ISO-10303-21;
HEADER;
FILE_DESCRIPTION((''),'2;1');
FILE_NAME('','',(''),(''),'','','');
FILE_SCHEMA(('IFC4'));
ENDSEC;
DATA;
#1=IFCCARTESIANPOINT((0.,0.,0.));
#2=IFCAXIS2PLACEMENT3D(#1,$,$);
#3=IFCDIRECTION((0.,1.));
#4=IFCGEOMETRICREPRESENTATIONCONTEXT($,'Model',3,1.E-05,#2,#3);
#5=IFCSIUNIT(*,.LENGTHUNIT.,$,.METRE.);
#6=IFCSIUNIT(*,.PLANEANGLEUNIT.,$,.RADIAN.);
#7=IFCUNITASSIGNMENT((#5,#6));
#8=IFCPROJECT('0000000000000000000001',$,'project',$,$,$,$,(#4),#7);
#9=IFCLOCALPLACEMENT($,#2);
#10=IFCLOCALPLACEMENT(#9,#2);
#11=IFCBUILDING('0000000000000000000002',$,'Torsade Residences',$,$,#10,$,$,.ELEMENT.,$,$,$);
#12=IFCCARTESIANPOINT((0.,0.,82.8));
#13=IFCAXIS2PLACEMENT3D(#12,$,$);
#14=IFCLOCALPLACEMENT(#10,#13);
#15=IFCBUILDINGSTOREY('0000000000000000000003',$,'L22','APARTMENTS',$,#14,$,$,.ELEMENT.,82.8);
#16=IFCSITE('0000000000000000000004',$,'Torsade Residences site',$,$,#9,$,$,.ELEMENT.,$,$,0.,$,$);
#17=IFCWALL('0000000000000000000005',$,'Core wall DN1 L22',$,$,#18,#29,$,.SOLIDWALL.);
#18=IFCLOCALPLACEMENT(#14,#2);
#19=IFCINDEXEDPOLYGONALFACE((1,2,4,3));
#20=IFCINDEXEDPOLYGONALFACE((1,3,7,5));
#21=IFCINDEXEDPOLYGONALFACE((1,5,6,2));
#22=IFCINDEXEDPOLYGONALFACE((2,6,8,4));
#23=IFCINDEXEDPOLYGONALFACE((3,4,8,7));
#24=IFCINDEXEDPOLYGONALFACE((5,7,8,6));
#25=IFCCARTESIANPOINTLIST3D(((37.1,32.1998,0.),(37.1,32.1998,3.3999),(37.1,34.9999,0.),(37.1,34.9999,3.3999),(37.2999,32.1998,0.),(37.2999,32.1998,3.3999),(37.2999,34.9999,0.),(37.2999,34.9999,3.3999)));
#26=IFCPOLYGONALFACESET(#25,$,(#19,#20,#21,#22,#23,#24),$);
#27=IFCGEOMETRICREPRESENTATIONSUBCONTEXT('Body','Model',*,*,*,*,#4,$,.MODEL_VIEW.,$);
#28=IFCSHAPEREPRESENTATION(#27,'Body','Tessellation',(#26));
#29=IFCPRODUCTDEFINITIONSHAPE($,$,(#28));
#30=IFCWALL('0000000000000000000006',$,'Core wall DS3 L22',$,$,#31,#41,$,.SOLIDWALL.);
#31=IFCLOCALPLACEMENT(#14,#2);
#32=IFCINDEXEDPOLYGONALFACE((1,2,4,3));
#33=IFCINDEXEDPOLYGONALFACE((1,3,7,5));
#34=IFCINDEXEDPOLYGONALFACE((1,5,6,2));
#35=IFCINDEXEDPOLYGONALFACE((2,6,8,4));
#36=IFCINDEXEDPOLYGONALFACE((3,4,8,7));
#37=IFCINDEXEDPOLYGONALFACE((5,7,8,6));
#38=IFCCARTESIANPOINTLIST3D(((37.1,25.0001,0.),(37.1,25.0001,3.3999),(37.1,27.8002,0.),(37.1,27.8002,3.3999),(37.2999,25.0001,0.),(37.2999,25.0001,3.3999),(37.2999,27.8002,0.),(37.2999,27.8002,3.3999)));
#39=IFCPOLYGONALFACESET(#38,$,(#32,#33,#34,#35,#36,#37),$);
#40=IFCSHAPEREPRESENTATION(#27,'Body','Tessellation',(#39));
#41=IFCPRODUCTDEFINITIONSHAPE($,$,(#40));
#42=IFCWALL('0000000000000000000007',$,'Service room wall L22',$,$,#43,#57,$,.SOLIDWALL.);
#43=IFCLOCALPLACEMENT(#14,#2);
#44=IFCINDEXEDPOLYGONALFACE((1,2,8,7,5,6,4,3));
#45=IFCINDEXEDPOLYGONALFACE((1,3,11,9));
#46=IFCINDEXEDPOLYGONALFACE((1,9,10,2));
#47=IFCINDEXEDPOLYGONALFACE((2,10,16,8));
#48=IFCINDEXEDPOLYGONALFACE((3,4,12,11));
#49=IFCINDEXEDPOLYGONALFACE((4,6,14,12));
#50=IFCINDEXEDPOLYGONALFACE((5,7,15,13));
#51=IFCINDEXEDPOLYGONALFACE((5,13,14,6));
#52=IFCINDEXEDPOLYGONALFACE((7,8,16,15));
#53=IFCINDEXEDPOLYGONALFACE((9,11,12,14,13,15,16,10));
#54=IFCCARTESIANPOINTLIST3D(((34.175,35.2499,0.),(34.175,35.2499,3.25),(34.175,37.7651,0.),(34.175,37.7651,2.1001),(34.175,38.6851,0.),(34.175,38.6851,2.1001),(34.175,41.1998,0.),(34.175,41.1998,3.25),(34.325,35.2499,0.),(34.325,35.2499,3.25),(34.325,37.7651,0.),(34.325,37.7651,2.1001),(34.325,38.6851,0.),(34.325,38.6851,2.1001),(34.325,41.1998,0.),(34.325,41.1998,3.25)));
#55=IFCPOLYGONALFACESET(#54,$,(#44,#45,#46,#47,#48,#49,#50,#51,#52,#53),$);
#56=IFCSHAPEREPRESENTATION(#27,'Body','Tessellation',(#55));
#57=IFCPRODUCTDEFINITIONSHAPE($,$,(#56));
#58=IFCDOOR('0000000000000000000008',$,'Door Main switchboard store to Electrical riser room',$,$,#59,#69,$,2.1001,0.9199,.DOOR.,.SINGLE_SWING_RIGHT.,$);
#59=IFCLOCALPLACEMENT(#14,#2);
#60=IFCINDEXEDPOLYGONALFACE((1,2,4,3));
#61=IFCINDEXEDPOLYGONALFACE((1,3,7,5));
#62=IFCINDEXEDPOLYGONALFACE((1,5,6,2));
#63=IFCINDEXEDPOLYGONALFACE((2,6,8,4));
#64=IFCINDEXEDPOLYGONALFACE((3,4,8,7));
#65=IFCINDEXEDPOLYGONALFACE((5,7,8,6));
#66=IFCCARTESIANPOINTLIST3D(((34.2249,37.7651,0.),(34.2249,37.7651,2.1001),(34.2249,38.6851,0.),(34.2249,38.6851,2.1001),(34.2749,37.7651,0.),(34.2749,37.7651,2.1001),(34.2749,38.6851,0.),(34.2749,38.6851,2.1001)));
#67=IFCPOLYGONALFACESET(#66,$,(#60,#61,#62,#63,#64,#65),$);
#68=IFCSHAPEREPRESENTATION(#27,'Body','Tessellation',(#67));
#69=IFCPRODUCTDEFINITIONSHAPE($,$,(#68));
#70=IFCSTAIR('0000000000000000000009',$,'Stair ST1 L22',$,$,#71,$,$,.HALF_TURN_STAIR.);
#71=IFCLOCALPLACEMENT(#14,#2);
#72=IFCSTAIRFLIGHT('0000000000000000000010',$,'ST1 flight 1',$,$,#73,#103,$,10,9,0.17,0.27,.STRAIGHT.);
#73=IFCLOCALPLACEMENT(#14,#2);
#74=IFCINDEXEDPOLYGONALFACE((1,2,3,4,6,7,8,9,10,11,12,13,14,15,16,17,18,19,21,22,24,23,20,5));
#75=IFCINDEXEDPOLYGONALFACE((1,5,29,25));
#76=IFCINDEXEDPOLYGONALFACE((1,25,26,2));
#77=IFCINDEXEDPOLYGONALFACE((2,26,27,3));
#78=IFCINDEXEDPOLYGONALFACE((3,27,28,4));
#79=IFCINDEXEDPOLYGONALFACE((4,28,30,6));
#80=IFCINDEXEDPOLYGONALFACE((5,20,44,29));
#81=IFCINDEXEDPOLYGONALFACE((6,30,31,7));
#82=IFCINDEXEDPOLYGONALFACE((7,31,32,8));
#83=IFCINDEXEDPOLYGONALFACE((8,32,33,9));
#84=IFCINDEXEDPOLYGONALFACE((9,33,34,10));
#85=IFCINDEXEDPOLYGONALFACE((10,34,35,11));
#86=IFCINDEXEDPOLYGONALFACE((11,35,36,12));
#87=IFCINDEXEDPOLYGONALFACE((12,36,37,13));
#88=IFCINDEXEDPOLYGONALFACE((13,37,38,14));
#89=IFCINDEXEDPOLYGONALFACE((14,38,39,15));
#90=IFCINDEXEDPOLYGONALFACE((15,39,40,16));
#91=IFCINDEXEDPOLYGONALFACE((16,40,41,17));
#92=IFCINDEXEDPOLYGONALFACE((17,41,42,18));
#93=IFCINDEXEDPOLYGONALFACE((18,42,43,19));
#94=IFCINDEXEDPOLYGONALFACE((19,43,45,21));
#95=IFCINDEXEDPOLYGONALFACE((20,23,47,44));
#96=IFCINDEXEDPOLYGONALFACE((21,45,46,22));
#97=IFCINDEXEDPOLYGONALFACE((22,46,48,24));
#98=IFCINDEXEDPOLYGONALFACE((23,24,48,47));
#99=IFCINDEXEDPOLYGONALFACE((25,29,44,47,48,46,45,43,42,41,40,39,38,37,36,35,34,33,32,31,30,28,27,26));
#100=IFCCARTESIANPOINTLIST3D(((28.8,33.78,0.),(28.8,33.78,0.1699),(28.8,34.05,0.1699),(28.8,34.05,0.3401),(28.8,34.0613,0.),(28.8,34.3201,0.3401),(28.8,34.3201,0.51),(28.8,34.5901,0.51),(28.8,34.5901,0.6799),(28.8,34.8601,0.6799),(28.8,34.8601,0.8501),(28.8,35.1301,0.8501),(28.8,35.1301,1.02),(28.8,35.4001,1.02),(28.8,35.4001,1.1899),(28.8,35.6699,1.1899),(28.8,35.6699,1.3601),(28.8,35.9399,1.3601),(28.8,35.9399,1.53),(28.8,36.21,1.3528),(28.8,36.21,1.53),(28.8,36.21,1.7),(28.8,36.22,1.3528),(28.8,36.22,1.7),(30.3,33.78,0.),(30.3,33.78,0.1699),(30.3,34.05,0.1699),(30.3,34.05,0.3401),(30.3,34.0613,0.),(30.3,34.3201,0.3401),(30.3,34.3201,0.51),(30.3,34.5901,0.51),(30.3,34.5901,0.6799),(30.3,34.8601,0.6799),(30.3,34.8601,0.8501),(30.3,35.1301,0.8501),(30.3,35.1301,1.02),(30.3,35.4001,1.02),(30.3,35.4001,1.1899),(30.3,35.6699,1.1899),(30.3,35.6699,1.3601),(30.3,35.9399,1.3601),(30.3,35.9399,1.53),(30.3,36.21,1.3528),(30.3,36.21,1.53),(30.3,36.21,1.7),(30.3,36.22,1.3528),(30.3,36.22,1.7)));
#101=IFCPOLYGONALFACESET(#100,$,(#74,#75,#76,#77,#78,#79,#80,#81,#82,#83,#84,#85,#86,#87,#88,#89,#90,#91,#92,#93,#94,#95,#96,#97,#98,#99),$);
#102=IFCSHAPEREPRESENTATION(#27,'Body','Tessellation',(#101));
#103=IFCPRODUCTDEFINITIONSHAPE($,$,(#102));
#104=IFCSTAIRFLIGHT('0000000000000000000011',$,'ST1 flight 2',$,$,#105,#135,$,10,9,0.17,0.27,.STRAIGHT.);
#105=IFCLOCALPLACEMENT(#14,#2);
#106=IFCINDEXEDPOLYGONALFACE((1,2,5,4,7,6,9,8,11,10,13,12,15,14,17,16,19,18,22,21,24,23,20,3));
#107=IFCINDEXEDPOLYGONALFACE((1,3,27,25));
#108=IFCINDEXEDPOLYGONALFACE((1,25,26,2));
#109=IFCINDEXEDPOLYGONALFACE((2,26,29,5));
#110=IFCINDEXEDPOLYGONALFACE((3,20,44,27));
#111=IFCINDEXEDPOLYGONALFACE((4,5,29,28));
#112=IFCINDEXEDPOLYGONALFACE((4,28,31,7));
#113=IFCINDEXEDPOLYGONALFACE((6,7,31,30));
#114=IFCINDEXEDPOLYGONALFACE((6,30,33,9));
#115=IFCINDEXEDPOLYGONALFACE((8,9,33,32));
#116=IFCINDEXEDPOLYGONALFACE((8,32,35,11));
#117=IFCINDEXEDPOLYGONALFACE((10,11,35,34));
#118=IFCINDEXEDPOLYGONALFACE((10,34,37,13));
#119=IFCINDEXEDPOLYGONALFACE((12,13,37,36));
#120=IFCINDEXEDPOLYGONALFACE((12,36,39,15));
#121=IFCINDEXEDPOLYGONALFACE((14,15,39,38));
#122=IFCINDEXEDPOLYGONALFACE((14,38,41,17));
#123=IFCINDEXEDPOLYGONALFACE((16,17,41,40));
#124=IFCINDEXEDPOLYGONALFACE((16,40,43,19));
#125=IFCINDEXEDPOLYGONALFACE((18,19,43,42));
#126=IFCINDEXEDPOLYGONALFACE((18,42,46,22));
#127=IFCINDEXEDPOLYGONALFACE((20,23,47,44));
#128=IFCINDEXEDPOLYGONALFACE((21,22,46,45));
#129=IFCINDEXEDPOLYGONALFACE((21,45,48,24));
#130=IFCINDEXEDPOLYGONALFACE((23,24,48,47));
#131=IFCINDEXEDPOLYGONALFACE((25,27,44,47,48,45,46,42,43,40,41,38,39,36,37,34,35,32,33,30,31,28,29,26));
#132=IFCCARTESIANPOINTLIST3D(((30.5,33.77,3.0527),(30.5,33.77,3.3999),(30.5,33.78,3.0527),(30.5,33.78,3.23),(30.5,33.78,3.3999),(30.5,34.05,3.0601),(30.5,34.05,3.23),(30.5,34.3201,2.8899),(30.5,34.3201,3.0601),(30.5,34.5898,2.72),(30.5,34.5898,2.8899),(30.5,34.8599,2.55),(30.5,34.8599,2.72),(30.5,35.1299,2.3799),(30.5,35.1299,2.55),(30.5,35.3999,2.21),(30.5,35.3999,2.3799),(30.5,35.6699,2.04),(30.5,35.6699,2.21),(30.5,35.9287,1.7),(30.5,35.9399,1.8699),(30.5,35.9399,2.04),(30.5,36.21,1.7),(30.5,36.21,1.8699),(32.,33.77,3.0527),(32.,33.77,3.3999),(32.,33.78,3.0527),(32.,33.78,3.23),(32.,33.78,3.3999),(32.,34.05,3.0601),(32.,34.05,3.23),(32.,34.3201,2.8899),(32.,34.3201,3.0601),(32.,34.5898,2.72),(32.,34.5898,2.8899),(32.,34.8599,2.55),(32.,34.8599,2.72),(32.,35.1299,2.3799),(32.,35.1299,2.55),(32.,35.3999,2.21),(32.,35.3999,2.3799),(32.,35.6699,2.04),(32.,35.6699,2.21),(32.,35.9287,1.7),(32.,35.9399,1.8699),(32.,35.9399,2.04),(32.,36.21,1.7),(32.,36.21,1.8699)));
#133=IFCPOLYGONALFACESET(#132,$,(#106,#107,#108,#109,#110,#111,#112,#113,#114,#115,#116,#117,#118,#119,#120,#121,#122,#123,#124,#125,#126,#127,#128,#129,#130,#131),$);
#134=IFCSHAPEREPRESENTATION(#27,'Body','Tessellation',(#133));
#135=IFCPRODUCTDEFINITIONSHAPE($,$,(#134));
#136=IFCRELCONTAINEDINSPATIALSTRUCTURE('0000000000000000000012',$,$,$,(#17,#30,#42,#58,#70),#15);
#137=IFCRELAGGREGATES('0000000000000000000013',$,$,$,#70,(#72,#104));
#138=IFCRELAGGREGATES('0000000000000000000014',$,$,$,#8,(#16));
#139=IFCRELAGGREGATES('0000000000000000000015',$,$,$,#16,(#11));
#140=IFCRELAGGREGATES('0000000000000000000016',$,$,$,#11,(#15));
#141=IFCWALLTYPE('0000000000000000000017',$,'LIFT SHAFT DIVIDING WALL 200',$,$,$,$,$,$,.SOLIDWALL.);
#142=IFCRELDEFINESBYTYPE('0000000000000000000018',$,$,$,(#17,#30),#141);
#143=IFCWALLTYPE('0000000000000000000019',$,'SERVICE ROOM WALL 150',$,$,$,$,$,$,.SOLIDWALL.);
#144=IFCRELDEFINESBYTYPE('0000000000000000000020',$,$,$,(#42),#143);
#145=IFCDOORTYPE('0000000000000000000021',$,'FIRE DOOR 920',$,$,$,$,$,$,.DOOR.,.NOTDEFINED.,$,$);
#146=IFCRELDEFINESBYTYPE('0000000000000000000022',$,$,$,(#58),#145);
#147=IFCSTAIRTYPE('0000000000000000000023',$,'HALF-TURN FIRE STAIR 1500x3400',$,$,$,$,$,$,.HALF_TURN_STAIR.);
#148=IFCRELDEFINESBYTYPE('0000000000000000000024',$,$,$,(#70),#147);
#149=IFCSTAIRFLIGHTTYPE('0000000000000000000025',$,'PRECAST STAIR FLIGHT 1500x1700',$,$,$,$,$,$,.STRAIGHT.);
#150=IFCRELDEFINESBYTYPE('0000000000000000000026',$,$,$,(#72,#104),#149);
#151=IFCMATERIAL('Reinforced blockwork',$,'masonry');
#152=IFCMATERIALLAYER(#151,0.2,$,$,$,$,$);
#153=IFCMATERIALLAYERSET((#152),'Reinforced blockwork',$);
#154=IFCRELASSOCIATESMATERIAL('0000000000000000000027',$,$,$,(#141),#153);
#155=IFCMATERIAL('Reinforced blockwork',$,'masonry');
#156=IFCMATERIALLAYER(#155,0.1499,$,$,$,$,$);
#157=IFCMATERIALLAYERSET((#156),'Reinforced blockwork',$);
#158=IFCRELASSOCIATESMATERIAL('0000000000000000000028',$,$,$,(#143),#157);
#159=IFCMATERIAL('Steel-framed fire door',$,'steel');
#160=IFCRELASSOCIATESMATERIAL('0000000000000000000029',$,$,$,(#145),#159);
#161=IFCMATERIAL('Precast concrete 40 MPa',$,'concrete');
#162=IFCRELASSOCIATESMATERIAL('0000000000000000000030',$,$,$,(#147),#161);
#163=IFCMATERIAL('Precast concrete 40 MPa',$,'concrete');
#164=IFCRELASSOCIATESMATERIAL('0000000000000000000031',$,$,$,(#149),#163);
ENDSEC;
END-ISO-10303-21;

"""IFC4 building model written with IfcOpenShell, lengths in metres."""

from ifc_helpers import new_model, si_unit, direction, frame, frame_2d, origin, place, context, subcontext, project, spatial, polyline, rectangle, outline, extrude, material, layer, layer_set, type_object, element, fill, aggregate, save


model = new_model("IFC4")

# Units and contexts
model_context = context("Model", 3, precision=1e-05, world=origin(), true_north=direction((0.0, 1.0)))
body_context = subcontext(model_context, "Body", "Model", "MODEL_VIEW")
ifc_project = project(units=[si_unit("LENGTHUNIT", "METRE"), si_unit("PLANEANGLEUNIT", "RADIAN")], contexts=[model_context])

# Site, building, storey
site_placement = place(None, origin())
site = spatial("IfcSite", under=ifc_project, at=site_placement, Name="Torsade Residences site", CompositionType="ELEMENT", RefElevation=0.0)
building_placement = place(site_placement, origin())
building = spatial("IfcBuilding", under=site, at=building_placement, Name="Torsade Residences", CompositionType="ELEMENT")
storey_placement = place(building_placement, frame((0.0, 0.0, 82.8)))
storey = spatial("IfcBuildingStorey", under=building, at=storey_placement, Name="L22", Description="APARTMENTS", CompositionType="ELEMENT", Elevation=82.8)

# Walls
ifc_material_1 = material(Name="Reinforced blockwork", Category="masonry")
ifc_layer_1 = layer(ifc_material_1, 0.2)
ifc_layer_set_1 = layer_set([ifc_layer_1], Name="Reinforced blockwork")
wall_type_1 = type_object("IfcWallType", Name="LIFT SHAFT DIVIDING WALL 200", PredefinedType="SOLIDWALL", material=ifc_layer_set_1)
for number, where, z_axis, x_axis, name in (
    (1, (37.2, 32.2, 0.0), (0.0, 0.0, 1.0), (0.0, 1.0, 0.0), "Core wall DN1 L22"),
    (2, (37.2, 27.8, 0.0), (0.0, 0.0, 1.0), (0.0, -1.0, 0.0), "Core wall DS3 L22"),
):
    element("IfcWall", number, at=place(storey_placement, frame(where, z_axis=z_axis, x_axis=x_axis)), inside=storey, type_object=wall_type_1, Name=name, PredefinedType="SOLIDWALL", context=body_context, shape_type="SweptSolid", body=[
        extrude(rectangle(XDim=2.8, YDim=0.2, at=frame_2d((1.3999, 0.0))), origin(), (0.0, 0.0, 1.0), 3.3999),
    ])

# Wall, opening, door
ifc_material_2 = material(Name="Reinforced blockwork", Category="masonry")
ifc_layer_2 = layer(ifc_material_2, 0.1499)
ifc_layer_set_2 = layer_set([ifc_layer_2], Name="Reinforced blockwork")
wall_type_2 = type_object("IfcWallType", Name="SERVICE ROOM WALL 150", PredefinedType="SOLIDWALL", material=ifc_layer_set_2)
wall_1_placement = place(storey_placement, frame((34.25, 41.2, 0.0), z_axis=(0.0, 0.0, 1.0), x_axis=(0.0, -1.0, 0.0)))
wall_1 = element("IfcWall", 3, at=wall_1_placement, inside=storey, type_object=wall_type_2, Name="Service room wall L22", PredefinedType="SOLIDWALL", context=body_context, shape_type="SweptSolid", body=[
    extrude(rectangle(XDim=5.95, YDim=0.1499, at=frame_2d((2.9751, 0.0))), origin(), (0.0, 0.0, 1.0), 3.25),
])
opening_placement = place(wall_1_placement, frame((2.5149, 0.0, 0.0)))
opening = element("IfcOpeningElement", 4, at=opening_placement, cuts=wall_1, PredefinedType="OPENING", context=body_context, shape_type="SweptSolid", body=[
    extrude(rectangle(XDim=0.9199, YDim=2.1001, at=frame_2d((0.46, 1.05))), frame((0.0, 0.085, 0.0), z_axis=(0.0, -1.0, 0.0), x_axis=(1.0, 0.0, 0.0)), (0.0, 0.0, 1.0), 0.1699),
])
ifc_material_3 = material(Name="Steel-framed fire door", Category="steel")
door_type = type_object("IfcDoorType", Name="FIRE DOOR 920", OperationType="NOTDEFINED", PredefinedType="DOOR", material=ifc_material_3)
door_placement = place(opening_placement, origin())
door = element("IfcDoor", 5, at=door_placement, inside=storey, type_object=door_type, Name="Door Main switchboard store to Electrical riser room", OperationType="SINGLE_SWING_RIGHT", OverallHeight=2.1001, OverallWidth=0.9199, PredefinedType="DOOR", context=body_context, shape_type="SweptSolid", body=[
    extrude(rectangle(XDim=0.9199, YDim=2.1001, at=frame_2d((0.46, 1.05))), frame((0.0, 0.0249, 0.0), z_axis=(0.0, -1.0, 0.0), x_axis=(1.0, 0.0, 0.0)), (0.0, 0.0, 1.0), 0.05),
])
fill(opening, door)

# Stair, stair flights
ifc_material_4 = material(Name="Precast concrete 40 MPa", Category="concrete")
stair_type = type_object("IfcStairType", Name="HALF-TURN FIRE STAIR 1500x3400", PredefinedType="HALF_TURN_STAIR", material=ifc_material_4)
stair_placement = place(storey_placement, origin())
stair = element("IfcStair", 6, at=stair_placement, inside=storey, type_object=stair_type, Name="Stair ST1 L22", PredefinedType="HALF_TURN_STAIR")
ifc_material_5 = material(Name="Precast concrete 40 MPa", Category="concrete")
stair_flight_type = type_object("IfcStairFlightType", Name="PRECAST STAIR FLIGHT 1500x1700", PredefinedType="STRAIGHT", material=ifc_material_5)
stair_flight_1_placement = place(storey_placement, frame((29.55, 33.78, 0.0), z_axis=(0.0, 0.0, 1.0), x_axis=(0.0, 1.0, 0.0)))
stair_flight_1 = element("IfcStairFlight", 7, at=stair_flight_1_placement, type_object=stair_flight_type, Name="ST1 flight 1", NumberOfRisers=10, NumberOfTreads=9, PredefinedType="STRAIGHT", RiserHeight=0.17, TreadLength=0.27, context=body_context, shape_type="SweptSolid", body=[
    extrude(outline(polyline([(0.0, 0.0), (0.0, 0.1699), (0.27, 0.1699), (0.27, 0.3401), (0.54, 0.3401), (0.54, 0.51), (0.8101, 0.51), (0.8101, 0.6799), (1.0801, 0.6799), (1.0801, 0.8501), (1.3501, 0.8501), (1.3501, 1.02), (1.6201, 1.02), (1.6201, 1.1899), (1.8899, 1.1899), (1.8899, 1.3601), (2.1599, 1.3601), (2.1599, 1.53), (2.4299, 1.53), (2.4299, 1.7), (2.4399, 1.7), (2.4399, 1.3528), (2.4299, 1.3528), (0.2812, 0.0), (0.0, 0.0)])), frame((0.0, 0.75, 0.0), z_axis=(0.0, -1.0, 0.0), x_axis=(1.0, 0.0, 0.0)), (0.0, 0.0, 1.0), 1.5),
])
stair_flight_2_placement = place(storey_placement, frame((31.25, 36.21, 1.7), z_axis=(0.0, 0.0, 1.0), x_axis=(0.0, -1.0, 0.0)))
stair_flight_2 = element("IfcStairFlight", 8, at=stair_flight_2_placement, type_object=stair_flight_type, Name="ST1 flight 2", NumberOfRisers=10, NumberOfTreads=9, PredefinedType="STRAIGHT", RiserHeight=0.17, TreadLength=0.27, context=body_context, shape_type="SweptSolid", body=[
    extrude(outline(polyline([(0.0, 0.0), (0.0, 0.1699), (0.27, 0.1699), (0.27, 0.3401), (0.54, 0.3401), (0.54, 0.51), (0.8101, 0.51), (0.8101, 0.6799), (1.0801, 0.6799), (1.0801, 0.8501), (1.3501, 0.8501), (1.3501, 1.02), (1.6201, 1.02), (1.6201, 1.1899), (1.8899, 1.1899), (1.8899, 1.3601), (2.1599, 1.3601), (2.1599, 1.53), (2.4299, 1.53), (2.4299, 1.7), (2.4399, 1.7), (2.4399, 1.3528), (2.4299, 1.3528), (0.2812, 0.0), (0.0, 0.0)])), frame((0.0, 0.75, 0.0), z_axis=(0.0, -1.0, 0.0), x_axis=(1.0, 0.0, 0.0)), (0.0, 0.0, 1.0), 1.5),
])
aggregate(stair, [stair_flight_1, stair_flight_2])

save(model, "model.ifc")
